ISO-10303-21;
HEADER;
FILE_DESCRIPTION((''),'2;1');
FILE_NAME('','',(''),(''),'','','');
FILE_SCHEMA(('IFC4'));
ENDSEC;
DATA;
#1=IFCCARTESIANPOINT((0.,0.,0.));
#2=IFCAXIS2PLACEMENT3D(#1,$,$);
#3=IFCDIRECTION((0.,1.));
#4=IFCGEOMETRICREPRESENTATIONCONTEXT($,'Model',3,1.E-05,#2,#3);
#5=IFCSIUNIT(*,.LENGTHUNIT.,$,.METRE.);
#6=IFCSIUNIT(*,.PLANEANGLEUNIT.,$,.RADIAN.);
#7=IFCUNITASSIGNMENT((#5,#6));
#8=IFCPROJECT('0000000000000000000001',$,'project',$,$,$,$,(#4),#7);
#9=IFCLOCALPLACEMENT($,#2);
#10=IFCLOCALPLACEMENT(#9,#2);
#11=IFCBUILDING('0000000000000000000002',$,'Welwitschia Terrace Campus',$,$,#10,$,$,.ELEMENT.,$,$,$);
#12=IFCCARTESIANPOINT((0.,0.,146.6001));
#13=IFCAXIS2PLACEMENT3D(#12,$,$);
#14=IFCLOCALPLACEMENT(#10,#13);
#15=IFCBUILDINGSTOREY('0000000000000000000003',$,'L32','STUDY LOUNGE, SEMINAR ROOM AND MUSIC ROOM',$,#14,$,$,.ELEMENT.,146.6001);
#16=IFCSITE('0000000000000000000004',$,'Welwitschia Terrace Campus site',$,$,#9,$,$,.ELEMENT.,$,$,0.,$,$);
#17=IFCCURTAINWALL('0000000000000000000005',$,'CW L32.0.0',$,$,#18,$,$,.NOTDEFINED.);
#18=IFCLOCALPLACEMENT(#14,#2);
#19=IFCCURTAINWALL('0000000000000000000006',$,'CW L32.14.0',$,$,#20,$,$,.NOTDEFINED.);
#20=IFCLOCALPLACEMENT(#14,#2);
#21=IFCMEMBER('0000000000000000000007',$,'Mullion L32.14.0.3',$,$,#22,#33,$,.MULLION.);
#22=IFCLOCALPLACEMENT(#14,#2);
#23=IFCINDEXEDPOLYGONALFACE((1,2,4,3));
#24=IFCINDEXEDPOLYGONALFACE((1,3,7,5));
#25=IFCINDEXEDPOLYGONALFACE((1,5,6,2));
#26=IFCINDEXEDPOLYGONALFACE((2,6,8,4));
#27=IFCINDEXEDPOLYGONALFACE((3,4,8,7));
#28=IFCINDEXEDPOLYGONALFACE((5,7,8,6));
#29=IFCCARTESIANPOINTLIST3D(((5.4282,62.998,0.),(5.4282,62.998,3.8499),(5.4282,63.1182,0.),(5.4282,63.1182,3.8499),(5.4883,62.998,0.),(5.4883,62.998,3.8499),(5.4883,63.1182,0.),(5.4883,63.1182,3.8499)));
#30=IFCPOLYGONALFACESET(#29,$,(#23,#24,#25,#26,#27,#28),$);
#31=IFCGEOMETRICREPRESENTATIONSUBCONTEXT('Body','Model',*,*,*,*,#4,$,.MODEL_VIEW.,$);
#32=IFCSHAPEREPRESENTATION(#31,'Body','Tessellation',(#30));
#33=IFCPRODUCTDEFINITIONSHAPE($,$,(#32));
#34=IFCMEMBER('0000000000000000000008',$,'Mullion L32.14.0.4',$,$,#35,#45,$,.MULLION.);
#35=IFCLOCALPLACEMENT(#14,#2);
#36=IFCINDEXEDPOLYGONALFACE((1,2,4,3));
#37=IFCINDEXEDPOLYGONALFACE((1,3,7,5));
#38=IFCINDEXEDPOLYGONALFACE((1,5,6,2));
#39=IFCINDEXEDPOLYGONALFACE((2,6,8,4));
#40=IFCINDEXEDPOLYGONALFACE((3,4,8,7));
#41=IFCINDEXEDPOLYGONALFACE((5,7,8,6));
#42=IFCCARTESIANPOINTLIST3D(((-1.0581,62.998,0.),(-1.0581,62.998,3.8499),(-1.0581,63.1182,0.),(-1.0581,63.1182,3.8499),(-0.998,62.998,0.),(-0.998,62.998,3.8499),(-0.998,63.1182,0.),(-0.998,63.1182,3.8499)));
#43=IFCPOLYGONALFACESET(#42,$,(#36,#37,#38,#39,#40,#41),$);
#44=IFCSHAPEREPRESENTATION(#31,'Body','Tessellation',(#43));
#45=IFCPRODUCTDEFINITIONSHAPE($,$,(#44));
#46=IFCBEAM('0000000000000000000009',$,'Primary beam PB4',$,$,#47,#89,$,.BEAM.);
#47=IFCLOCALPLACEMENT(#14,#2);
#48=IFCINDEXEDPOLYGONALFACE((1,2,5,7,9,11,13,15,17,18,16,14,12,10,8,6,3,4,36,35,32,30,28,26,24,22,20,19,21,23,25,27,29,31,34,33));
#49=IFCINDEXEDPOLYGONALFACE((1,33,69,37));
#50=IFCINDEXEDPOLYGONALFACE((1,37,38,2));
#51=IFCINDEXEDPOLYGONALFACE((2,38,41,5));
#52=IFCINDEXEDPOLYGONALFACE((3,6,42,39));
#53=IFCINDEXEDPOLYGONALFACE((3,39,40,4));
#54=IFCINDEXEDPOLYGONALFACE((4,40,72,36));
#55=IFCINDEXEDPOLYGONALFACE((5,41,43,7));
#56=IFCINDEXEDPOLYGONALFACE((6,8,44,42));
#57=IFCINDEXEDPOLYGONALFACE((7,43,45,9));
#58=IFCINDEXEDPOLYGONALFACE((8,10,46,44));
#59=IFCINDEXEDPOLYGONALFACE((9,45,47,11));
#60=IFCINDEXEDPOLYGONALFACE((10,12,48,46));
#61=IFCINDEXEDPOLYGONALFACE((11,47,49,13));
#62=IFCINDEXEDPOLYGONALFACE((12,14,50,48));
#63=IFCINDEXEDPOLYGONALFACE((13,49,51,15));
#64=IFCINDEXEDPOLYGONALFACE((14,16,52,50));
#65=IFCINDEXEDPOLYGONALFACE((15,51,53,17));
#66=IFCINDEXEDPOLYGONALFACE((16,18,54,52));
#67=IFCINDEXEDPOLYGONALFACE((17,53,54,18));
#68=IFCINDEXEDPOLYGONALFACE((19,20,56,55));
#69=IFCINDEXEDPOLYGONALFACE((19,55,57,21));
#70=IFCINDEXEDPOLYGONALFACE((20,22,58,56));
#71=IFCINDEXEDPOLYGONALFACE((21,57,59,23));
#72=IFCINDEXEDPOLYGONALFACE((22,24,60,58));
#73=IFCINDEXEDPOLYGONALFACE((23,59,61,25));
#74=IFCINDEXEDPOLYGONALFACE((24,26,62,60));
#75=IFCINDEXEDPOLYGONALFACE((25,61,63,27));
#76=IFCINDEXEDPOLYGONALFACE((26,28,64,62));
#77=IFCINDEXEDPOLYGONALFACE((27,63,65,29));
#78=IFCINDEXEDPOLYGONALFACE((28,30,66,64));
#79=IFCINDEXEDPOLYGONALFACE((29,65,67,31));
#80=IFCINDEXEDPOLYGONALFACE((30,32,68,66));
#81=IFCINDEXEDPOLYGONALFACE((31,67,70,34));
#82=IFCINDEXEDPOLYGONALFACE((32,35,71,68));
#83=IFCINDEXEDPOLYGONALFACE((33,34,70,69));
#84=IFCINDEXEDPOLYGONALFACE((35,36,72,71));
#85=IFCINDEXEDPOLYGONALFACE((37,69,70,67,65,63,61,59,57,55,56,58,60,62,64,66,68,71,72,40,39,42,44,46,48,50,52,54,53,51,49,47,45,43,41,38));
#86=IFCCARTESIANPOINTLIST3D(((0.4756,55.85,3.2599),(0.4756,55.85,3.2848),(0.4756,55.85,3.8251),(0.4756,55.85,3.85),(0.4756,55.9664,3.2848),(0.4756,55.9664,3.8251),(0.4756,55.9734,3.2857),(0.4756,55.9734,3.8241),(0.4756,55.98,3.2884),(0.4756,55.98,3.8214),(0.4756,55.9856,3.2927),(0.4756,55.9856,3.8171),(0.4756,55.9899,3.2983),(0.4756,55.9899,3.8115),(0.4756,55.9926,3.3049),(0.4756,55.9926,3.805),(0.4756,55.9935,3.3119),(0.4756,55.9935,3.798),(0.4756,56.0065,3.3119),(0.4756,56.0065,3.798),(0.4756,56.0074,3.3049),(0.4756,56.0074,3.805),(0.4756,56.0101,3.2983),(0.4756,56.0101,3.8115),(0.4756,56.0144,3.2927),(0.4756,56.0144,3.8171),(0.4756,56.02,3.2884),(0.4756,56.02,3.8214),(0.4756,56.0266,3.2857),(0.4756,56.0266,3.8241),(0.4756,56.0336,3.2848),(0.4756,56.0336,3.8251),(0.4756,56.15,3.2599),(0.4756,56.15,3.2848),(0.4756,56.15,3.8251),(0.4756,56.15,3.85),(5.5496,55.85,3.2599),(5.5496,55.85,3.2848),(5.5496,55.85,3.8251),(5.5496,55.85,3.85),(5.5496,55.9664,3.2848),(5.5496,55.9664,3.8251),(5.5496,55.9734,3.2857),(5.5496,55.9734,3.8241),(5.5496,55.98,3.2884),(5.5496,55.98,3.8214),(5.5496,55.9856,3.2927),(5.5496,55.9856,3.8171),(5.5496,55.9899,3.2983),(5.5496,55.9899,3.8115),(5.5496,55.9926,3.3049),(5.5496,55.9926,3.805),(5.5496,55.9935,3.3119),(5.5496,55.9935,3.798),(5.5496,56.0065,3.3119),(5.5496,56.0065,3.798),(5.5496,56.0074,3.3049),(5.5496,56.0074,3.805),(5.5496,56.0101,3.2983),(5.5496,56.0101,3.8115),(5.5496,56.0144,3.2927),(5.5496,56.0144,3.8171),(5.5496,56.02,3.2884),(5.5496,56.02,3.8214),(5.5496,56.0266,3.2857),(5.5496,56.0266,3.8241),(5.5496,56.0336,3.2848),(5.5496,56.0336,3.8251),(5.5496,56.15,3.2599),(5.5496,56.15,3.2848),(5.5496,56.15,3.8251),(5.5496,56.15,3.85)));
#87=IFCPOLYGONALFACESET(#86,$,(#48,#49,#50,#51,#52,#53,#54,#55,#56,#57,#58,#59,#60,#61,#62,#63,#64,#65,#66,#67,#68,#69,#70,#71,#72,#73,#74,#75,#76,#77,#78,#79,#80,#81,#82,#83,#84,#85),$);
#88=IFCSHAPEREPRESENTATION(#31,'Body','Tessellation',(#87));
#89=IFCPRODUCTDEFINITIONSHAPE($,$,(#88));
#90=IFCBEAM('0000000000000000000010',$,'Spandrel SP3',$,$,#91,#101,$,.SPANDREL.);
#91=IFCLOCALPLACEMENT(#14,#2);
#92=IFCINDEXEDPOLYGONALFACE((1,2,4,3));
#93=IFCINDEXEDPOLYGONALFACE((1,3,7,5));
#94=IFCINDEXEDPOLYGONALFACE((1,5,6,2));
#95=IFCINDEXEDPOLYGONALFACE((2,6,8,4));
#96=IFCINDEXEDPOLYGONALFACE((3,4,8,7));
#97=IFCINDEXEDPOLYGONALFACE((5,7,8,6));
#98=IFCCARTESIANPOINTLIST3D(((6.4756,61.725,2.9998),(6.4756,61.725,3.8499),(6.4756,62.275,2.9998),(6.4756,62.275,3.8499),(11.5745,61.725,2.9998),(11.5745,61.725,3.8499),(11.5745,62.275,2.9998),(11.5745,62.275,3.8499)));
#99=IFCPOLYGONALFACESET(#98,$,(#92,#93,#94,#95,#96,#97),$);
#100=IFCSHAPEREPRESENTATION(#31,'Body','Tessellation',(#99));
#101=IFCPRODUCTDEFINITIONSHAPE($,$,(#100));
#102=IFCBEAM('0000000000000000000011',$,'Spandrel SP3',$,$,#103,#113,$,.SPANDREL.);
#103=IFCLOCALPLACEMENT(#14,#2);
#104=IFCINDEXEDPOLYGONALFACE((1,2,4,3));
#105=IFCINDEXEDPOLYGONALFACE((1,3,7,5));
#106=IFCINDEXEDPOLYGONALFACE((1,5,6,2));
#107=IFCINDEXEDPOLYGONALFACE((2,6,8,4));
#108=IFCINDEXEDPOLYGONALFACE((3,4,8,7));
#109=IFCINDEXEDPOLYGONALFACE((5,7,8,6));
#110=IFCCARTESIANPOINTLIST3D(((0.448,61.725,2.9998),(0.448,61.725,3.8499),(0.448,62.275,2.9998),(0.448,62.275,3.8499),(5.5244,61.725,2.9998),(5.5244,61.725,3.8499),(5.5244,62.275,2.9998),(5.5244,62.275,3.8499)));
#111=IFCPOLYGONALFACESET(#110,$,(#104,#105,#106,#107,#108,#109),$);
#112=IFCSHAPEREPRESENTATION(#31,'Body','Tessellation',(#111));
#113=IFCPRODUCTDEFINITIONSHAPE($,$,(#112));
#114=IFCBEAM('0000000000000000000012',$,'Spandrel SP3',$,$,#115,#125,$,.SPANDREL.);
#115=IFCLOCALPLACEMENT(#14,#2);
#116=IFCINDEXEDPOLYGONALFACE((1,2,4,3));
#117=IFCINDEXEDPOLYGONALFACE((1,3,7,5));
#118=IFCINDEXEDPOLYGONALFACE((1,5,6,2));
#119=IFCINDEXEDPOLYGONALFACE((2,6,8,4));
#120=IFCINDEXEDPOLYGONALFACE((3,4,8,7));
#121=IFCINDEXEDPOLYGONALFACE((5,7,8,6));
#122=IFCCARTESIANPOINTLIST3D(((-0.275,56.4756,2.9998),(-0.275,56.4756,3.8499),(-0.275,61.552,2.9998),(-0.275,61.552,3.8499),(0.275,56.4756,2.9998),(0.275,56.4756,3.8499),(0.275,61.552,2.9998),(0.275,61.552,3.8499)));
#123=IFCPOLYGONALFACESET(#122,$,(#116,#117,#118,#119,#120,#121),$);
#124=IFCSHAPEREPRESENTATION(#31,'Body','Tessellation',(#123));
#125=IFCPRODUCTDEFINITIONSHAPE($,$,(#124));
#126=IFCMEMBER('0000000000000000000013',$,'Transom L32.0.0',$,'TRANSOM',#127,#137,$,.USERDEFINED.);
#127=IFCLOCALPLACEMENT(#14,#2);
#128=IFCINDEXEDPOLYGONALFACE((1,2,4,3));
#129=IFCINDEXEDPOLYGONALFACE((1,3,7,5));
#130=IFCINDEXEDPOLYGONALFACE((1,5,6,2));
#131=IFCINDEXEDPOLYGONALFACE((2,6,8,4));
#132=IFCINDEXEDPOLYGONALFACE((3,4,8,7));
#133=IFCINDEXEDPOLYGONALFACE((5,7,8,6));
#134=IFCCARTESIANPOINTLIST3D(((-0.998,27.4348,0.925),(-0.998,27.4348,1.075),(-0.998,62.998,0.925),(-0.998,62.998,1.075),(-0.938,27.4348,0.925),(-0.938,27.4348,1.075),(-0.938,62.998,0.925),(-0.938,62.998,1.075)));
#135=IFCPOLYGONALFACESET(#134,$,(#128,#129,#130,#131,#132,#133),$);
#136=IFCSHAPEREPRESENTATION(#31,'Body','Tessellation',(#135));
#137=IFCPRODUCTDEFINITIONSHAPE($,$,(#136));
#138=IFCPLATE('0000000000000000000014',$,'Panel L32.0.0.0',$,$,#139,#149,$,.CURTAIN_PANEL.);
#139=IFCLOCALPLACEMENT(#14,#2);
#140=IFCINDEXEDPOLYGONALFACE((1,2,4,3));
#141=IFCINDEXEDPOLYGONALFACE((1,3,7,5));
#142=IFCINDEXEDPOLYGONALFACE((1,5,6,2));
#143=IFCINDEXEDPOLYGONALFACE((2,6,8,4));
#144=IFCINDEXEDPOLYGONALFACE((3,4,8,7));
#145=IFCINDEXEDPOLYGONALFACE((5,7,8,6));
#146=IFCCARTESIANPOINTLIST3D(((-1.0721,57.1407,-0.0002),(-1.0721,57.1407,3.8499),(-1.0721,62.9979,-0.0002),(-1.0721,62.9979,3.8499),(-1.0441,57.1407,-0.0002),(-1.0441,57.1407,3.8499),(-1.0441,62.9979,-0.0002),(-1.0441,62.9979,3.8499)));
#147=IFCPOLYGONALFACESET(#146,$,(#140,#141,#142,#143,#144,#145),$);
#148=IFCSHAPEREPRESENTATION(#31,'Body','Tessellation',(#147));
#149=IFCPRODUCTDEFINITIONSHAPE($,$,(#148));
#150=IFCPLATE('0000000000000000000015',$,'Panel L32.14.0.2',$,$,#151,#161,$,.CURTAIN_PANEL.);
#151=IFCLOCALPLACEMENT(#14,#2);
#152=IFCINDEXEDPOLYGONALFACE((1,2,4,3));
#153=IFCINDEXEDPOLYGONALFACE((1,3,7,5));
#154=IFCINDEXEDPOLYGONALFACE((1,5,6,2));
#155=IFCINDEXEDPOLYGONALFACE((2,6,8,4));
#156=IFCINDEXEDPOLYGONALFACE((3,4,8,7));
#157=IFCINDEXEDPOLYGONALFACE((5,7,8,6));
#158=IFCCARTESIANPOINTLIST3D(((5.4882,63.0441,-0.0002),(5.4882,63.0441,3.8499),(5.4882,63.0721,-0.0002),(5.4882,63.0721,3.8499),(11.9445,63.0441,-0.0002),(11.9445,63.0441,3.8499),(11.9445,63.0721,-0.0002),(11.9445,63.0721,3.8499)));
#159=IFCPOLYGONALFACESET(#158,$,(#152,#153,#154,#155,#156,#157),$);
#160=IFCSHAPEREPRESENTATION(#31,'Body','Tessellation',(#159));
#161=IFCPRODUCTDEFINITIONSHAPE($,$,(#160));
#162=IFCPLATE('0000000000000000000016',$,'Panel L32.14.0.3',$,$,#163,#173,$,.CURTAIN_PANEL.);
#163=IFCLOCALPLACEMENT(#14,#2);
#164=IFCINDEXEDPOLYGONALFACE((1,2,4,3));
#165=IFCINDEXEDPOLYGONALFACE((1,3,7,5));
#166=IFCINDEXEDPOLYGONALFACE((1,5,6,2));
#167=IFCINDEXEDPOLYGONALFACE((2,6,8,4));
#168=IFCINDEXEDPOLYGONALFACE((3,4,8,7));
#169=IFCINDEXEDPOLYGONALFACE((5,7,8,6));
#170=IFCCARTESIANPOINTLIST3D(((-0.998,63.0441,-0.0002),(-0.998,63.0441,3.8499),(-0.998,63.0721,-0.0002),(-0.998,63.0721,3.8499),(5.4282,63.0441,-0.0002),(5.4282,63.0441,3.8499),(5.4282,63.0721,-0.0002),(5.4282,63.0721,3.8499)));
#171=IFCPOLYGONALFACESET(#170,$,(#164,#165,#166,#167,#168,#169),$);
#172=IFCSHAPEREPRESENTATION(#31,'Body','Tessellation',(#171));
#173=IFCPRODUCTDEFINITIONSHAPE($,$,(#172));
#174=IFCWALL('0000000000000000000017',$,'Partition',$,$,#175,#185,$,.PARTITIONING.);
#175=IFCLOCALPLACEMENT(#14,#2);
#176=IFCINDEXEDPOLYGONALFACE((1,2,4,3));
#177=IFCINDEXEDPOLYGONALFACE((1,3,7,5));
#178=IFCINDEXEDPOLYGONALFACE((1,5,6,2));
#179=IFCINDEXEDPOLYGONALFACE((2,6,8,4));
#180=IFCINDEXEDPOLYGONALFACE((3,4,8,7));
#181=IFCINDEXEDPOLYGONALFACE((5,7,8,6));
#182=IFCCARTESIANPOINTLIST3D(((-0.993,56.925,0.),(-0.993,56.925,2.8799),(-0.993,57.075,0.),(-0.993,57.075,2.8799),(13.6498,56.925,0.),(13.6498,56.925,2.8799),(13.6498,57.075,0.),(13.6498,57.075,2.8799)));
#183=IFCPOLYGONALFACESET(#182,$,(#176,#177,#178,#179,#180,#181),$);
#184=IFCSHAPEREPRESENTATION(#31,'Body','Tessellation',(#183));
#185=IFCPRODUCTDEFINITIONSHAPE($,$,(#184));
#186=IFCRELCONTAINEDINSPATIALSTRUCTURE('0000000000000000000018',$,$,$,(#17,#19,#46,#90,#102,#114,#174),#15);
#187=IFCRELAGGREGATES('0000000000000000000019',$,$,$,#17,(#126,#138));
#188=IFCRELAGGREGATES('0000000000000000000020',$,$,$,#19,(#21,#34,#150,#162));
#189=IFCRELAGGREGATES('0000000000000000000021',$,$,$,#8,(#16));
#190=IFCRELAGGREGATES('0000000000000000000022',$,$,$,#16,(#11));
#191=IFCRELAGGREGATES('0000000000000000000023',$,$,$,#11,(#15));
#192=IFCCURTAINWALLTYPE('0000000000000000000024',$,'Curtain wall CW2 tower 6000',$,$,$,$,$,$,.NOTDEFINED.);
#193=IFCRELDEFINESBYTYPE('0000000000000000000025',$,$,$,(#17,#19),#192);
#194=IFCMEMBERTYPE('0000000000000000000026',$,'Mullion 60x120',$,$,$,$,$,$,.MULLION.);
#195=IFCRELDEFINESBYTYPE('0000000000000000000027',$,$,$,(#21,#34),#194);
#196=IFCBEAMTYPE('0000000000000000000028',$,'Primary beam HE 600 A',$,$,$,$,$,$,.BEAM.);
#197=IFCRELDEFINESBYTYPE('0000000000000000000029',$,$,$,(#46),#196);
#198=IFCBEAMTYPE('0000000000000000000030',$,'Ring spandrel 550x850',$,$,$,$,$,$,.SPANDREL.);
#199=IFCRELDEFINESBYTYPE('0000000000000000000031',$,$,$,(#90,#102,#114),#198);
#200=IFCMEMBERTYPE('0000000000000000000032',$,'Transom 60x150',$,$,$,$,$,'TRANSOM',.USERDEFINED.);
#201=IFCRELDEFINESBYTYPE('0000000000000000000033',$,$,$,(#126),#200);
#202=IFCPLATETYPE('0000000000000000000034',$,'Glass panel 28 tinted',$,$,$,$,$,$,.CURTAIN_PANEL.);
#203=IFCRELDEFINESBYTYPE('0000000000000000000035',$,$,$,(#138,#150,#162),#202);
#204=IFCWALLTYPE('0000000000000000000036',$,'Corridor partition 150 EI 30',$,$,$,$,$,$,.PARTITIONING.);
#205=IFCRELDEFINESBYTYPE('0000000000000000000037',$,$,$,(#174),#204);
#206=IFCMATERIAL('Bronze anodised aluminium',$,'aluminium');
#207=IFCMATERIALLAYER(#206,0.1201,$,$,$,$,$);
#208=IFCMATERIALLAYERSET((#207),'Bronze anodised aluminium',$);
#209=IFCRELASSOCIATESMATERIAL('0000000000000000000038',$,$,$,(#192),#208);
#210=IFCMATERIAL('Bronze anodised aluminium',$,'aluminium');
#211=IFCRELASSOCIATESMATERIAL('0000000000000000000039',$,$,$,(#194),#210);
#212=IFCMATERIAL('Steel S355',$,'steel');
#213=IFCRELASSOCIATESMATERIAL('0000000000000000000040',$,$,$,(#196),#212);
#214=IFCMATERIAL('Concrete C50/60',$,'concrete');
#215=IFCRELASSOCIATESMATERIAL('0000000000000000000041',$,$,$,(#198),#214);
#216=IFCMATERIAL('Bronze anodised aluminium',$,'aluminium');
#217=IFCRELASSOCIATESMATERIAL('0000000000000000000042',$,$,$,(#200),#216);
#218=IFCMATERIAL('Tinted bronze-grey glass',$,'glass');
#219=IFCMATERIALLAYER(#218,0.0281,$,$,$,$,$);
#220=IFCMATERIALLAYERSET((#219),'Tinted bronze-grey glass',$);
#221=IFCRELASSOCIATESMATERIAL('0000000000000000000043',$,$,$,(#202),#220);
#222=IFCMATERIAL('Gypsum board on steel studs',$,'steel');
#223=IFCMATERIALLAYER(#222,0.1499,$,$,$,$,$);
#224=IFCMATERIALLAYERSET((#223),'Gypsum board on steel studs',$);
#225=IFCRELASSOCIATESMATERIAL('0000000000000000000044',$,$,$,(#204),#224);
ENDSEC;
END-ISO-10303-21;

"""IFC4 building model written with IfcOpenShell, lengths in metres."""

from ifc_helpers import new_model, si_unit, direction, frame, frame_2d, origin, origin_2d, place, context, subcontext, project, spatial, rectangle, i_section, extrude, material, layer, layer_set, material_profile, profile_set, type_object, element, aggregate, save


model = new_model("IFC4")

# Units and contexts
model_context = context("Model", 3, precision=1e-05, world=origin(), true_north=direction((0.0, 1.0)))
body_context = subcontext(model_context, "Body", "Model", "MODEL_VIEW")
ifc_project = project(units=[si_unit("LENGTHUNIT", "METRE"), si_unit("PLANEANGLEUNIT", "RADIAN")], contexts=[model_context])

# Site, building, storey
site_placement = place(None, origin())
site = spatial("IfcSite", under=ifc_project, at=site_placement, Name="Welwitschia Terrace Campus site", CompositionType="ELEMENT", RefElevation=0.0)
building_placement = place(site_placement, origin())
building = spatial("IfcBuilding", under=site, at=building_placement, Name="Welwitschia Terrace Campus", CompositionType="ELEMENT")
storey_placement = place(building_placement, frame((0.0, 0.0, 146.6001)))
storey = spatial("IfcBuildingStorey", under=building, at=storey_placement, Name="L32", Description="STUDY LOUNGE, SEMINAR ROOM AND MUSIC ROOM", CompositionType="ELEMENT", Elevation=146.6001)

# Curtain walls, members
ifc_material_1 = material(Name="Bronze anodised aluminium", Category="aluminium")
ifc_layer_1 = layer(ifc_material_1, 0.1201)
ifc_layer_set_1 = layer_set([ifc_layer_1], Name="Bronze anodised aluminium")
curtain_wall_type = type_object("IfcCurtainWallType", Name="Curtain wall CW2 tower 6000", PredefinedType="NOTDEFINED", material=ifc_layer_set_1)
curtain_wall_1_placement = place(storey_placement, origin())
curtain_wall_1 = element("IfcCurtainWall", 1, at=curtain_wall_1_placement, inside=storey, type_object=curtain_wall_type, Name="CW L32.0.0", PredefinedType="NOTDEFINED")
ifc_material_2 = material(Name="Bronze anodised aluminium", Category="aluminium")
ifc_material_profile_1 = material_profile(ifc_material_2, rectangle(XDim=0.1201, YDim=0.0601, at=origin_2d()))
ifc_profile_set_1 = profile_set([ifc_material_profile_1], Name="Bronze anodised aluminium")
member_type_1 = type_object("IfcMemberType", Name="Mullion 60x120", PredefinedType="MULLION", material=ifc_profile_set_1)
curtain_wall_2_placement = place(storey_placement, origin())
curtain_wall_2 = element("IfcCurtainWall", 2, at=curtain_wall_2_placement, inside=storey, type_object=curtain_wall_type, Name="CW L32.14.0", PredefinedType="NOTDEFINED")
member_1_placement = place(storey_placement, frame((5.4583, 63.0581, 0.0), z_axis=(0.0, 0.0, 1.0), x_axis=(0.0, -1.0, 0.0)))
member_1 = element("IfcMember", 3, at=member_1_placement, type_object=member_type_1, Name="Mullion L32.14.0.3", PredefinedType="MULLION", context=body_context, shape_type="SweptSolid", body=[
    extrude(rectangle(XDim=0.1201, YDim=0.0601, at=origin_2d()), origin(), (0.0, 0.0, 1.0), 3.8499),
])
member_2_placement = place(storey_placement, frame((-1.0281, 63.0581, 0.0), z_axis=(0.0, 0.0, 1.0), x_axis=(0.0, -1.0, 0.0)))
member_2 = element("IfcMember", 4, at=member_2_placement, type_object=member_type_1, Name="Mullion L32.14.0.4", PredefinedType="MULLION", context=body_context, shape_type="SweptSolid", body=[
    extrude(rectangle(XDim=0.1201, YDim=0.0601, at=origin_2d()), origin(), (0.0, 0.0, 1.0), 3.8499),
])

# Beams
ifc_material_3 = material(Name="Steel S355", Category="steel")
ifc_material_profile_2 = material_profile(ifc_material_3, i_section(OverallWidth=0.3, OverallDepth=0.5901, WebThickness=0.0129, FlangeThickness=0.0249, FilletRadius=0.0271, at=origin_2d()))
ifc_profile_set_2 = profile_set([ifc_material_profile_2], Name="Steel S355")
beam_type_1 = type_object("IfcBeamType", Name="Primary beam HE 600 A", PredefinedType="BEAM", material=ifc_profile_set_2)
beam_1_placement = place(storey_placement, frame((0.4756, 56.0, 3.5549), z_axis=(1.0, 0.0, 0.0), x_axis=(0.0, 1.0, 0.0)))
element("IfcBeam", 5, at=beam_1_placement, inside=storey, type_object=beam_type_1, Name="Primary beam PB4", PredefinedType="BEAM", context=body_context, shape_type="SweptSolid", body=[
    extrude(i_section(OverallWidth=0.3, OverallDepth=0.5901, WebThickness=0.0129, FlangeThickness=0.0249, FilletRadius=0.0271, at=origin_2d()), origin(), (0.0, 0.0, 1.0), 5.074),
])
ifc_material_4 = material(Name="Concrete C50/60", Category="concrete")
ifc_material_profile_3 = material_profile(ifc_material_4, rectangle(XDim=0.55, YDim=0.8501, at=origin_2d()))
ifc_profile_set_3 = profile_set([ifc_material_profile_3], Name="Concrete C50/60")
beam_type_2 = type_object("IfcBeamType", Name="Ring spandrel 550x850", PredefinedType="SPANDREL", material=ifc_profile_set_3)
beam_2_placement = place(storey_placement, frame((11.5745, 62.0, 3.4248), z_axis=(-1.0, 0.0, 0.0), x_axis=(0.0, -1.0, 0.0)))
element("IfcBeam", 6, at=beam_2_placement, inside=storey, type_object=beam_type_2, Name="Spandrel SP3", PredefinedType="SPANDREL", context=body_context, shape_type="SweptSolid", body=[
    extrude(rectangle(XDim=0.55, YDim=0.8501, at=origin_2d()), origin(), (0.0, 0.0, 1.0), 5.0989),
])
for number, where, z_axis, x_axis, name in (
    (7, (5.5244, 62.0, 3.4248), (-1.0, 0.0, 0.0), (0.0, -1.0, 0.0), "Spandrel SP3"),
    (8, (0.0, 61.552, 3.4248), (0.0, -1.0, 0.0), (1.0, 0.0, 0.0), "Spandrel SP3"),
):
    element("IfcBeam", number, at=place(storey_placement, frame(where, z_axis=z_axis, x_axis=x_axis)), inside=storey, type_object=beam_type_2, Name=name, PredefinedType="SPANDREL", context=body_context, shape_type="SweptSolid", body=[
        extrude(rectangle(XDim=0.55, YDim=0.8501, at=origin_2d()), origin(), (0.0, 0.0, 1.0), 5.0764),
    ])

# Member
ifc_material_5 = material(Name="Bronze anodised aluminium", Category="aluminium")
ifc_material_profile_4 = material_profile(ifc_material_5, rectangle(XDim=0.0601, YDim=0.1499, at=origin_2d()))
ifc_profile_set_4 = profile_set([ifc_material_profile_4], Name="Bronze anodised aluminium")
member_type_2 = type_object("IfcMemberType", Name="Transom 60x150", ElementType="TRANSOM", PredefinedType="USERDEFINED", material=ifc_profile_set_4)
member_3_placement = place(storey_placement, frame((-0.968, 62.998, 1.0), z_axis=(0.0, -1.0, 0.0), x_axis=(1.0, 0.0, 0.0)))
member_3 = element("IfcMember", 9, at=member_3_placement, type_object=member_type_2, Name="Transom L32.0.0", ObjectType="TRANSOM", PredefinedType="USERDEFINED", context=body_context, shape_type="SweptSolid", body=[
    extrude(rectangle(XDim=0.0601, YDim=0.1499, at=origin_2d()), origin(), (0.0, 0.0, 1.0), 35.5632),
])

# Plates
ifc_material_6 = material(Name="Tinted bronze-grey glass", Category="glass")
ifc_layer_2 = layer(ifc_material_6, 0.0281)
ifc_layer_set_2 = layer_set([ifc_layer_2], Name="Tinted bronze-grey glass")
plate_type = type_object("IfcPlateType", Name="Glass panel 28 tinted", PredefinedType="CURTAIN_PANEL", material=ifc_layer_set_2)
plate_1_placement = place(storey_placement, frame((-1.0581, 60.0693, -0.0002), z_axis=(0.0, 0.0, 1.0), x_axis=(0.0, -1.0, 0.0)))
plate_1 = element("IfcPlate", 10, at=plate_1_placement, type_object=plate_type, Name="Panel L32.0.0.0", PredefinedType="CURTAIN_PANEL", context=body_context, shape_type="SweptSolid", body=[
    extrude(rectangle(XDim=5.8572, YDim=0.0281, at=origin_2d()), origin(), (0.0, 0.0, 1.0), 3.8501),
])
aggregate(curtain_wall_1, [member_3, plate_1])
plate_2_placement = place(storey_placement, frame((8.7163, 63.0581, -0.0002), z_axis=(0.0, 0.0, 1.0), x_axis=(-1.0, 0.0, 0.0)))
plate_2 = element("IfcPlate", 11, at=plate_2_placement, type_object=plate_type, Name="Panel L32.14.0.2", PredefinedType="CURTAIN_PANEL", context=body_context, shape_type="SweptSolid", body=[
    extrude(rectangle(XDim=6.4563, YDim=0.0281, at=origin_2d()), origin(), (0.0, 0.0, 1.0), 3.8501),
])
plate_3_placement = place(storey_placement, frame((2.2151, 63.0581, -0.0002), z_axis=(0.0, 0.0, 1.0), x_axis=(-1.0, 0.0, 0.0)))
plate_3 = element("IfcPlate", 12, at=plate_3_placement, type_object=plate_type, Name="Panel L32.14.0.3", PredefinedType="CURTAIN_PANEL", context=body_context, shape_type="SweptSolid", body=[
    extrude(rectangle(XDim=6.4263, YDim=0.0281, at=origin_2d()), origin(), (0.0, 0.0, 1.0), 3.8501),
])
aggregate(curtain_wall_2, [member_1, member_2, plate_2, plate_3])

# Wall
ifc_material_7 = material(Name="Gypsum board on steel studs", Category="steel")
ifc_layer_3 = layer(ifc_material_7, 0.1499)
ifc_layer_set_3 = layer_set([ifc_layer_3], Name="Gypsum board on steel studs")
wall_type = type_object("IfcWallType", Name="Corridor partition 150 EI 30", PredefinedType="PARTITIONING", material=ifc_layer_set_3)
wall_placement = place(storey_placement, frame((-0.9929, 57.0, 0.0), z_axis=(0.0, 0.0, 1.0), x_axis=(1.0, 0.0, 0.0)))
element("IfcWall", 13, at=wall_placement, inside=storey, type_object=wall_type, Name="Partition", PredefinedType="PARTITIONING", context=body_context, shape_type="SweptSolid", body=[
    extrude(rectangle(XDim=14.6428, YDim=0.1499, at=frame_2d((7.3213, 0.0))), origin(), (0.0, 0.0, 1.0), 2.8799),
])

save(model, "model.ifc")
